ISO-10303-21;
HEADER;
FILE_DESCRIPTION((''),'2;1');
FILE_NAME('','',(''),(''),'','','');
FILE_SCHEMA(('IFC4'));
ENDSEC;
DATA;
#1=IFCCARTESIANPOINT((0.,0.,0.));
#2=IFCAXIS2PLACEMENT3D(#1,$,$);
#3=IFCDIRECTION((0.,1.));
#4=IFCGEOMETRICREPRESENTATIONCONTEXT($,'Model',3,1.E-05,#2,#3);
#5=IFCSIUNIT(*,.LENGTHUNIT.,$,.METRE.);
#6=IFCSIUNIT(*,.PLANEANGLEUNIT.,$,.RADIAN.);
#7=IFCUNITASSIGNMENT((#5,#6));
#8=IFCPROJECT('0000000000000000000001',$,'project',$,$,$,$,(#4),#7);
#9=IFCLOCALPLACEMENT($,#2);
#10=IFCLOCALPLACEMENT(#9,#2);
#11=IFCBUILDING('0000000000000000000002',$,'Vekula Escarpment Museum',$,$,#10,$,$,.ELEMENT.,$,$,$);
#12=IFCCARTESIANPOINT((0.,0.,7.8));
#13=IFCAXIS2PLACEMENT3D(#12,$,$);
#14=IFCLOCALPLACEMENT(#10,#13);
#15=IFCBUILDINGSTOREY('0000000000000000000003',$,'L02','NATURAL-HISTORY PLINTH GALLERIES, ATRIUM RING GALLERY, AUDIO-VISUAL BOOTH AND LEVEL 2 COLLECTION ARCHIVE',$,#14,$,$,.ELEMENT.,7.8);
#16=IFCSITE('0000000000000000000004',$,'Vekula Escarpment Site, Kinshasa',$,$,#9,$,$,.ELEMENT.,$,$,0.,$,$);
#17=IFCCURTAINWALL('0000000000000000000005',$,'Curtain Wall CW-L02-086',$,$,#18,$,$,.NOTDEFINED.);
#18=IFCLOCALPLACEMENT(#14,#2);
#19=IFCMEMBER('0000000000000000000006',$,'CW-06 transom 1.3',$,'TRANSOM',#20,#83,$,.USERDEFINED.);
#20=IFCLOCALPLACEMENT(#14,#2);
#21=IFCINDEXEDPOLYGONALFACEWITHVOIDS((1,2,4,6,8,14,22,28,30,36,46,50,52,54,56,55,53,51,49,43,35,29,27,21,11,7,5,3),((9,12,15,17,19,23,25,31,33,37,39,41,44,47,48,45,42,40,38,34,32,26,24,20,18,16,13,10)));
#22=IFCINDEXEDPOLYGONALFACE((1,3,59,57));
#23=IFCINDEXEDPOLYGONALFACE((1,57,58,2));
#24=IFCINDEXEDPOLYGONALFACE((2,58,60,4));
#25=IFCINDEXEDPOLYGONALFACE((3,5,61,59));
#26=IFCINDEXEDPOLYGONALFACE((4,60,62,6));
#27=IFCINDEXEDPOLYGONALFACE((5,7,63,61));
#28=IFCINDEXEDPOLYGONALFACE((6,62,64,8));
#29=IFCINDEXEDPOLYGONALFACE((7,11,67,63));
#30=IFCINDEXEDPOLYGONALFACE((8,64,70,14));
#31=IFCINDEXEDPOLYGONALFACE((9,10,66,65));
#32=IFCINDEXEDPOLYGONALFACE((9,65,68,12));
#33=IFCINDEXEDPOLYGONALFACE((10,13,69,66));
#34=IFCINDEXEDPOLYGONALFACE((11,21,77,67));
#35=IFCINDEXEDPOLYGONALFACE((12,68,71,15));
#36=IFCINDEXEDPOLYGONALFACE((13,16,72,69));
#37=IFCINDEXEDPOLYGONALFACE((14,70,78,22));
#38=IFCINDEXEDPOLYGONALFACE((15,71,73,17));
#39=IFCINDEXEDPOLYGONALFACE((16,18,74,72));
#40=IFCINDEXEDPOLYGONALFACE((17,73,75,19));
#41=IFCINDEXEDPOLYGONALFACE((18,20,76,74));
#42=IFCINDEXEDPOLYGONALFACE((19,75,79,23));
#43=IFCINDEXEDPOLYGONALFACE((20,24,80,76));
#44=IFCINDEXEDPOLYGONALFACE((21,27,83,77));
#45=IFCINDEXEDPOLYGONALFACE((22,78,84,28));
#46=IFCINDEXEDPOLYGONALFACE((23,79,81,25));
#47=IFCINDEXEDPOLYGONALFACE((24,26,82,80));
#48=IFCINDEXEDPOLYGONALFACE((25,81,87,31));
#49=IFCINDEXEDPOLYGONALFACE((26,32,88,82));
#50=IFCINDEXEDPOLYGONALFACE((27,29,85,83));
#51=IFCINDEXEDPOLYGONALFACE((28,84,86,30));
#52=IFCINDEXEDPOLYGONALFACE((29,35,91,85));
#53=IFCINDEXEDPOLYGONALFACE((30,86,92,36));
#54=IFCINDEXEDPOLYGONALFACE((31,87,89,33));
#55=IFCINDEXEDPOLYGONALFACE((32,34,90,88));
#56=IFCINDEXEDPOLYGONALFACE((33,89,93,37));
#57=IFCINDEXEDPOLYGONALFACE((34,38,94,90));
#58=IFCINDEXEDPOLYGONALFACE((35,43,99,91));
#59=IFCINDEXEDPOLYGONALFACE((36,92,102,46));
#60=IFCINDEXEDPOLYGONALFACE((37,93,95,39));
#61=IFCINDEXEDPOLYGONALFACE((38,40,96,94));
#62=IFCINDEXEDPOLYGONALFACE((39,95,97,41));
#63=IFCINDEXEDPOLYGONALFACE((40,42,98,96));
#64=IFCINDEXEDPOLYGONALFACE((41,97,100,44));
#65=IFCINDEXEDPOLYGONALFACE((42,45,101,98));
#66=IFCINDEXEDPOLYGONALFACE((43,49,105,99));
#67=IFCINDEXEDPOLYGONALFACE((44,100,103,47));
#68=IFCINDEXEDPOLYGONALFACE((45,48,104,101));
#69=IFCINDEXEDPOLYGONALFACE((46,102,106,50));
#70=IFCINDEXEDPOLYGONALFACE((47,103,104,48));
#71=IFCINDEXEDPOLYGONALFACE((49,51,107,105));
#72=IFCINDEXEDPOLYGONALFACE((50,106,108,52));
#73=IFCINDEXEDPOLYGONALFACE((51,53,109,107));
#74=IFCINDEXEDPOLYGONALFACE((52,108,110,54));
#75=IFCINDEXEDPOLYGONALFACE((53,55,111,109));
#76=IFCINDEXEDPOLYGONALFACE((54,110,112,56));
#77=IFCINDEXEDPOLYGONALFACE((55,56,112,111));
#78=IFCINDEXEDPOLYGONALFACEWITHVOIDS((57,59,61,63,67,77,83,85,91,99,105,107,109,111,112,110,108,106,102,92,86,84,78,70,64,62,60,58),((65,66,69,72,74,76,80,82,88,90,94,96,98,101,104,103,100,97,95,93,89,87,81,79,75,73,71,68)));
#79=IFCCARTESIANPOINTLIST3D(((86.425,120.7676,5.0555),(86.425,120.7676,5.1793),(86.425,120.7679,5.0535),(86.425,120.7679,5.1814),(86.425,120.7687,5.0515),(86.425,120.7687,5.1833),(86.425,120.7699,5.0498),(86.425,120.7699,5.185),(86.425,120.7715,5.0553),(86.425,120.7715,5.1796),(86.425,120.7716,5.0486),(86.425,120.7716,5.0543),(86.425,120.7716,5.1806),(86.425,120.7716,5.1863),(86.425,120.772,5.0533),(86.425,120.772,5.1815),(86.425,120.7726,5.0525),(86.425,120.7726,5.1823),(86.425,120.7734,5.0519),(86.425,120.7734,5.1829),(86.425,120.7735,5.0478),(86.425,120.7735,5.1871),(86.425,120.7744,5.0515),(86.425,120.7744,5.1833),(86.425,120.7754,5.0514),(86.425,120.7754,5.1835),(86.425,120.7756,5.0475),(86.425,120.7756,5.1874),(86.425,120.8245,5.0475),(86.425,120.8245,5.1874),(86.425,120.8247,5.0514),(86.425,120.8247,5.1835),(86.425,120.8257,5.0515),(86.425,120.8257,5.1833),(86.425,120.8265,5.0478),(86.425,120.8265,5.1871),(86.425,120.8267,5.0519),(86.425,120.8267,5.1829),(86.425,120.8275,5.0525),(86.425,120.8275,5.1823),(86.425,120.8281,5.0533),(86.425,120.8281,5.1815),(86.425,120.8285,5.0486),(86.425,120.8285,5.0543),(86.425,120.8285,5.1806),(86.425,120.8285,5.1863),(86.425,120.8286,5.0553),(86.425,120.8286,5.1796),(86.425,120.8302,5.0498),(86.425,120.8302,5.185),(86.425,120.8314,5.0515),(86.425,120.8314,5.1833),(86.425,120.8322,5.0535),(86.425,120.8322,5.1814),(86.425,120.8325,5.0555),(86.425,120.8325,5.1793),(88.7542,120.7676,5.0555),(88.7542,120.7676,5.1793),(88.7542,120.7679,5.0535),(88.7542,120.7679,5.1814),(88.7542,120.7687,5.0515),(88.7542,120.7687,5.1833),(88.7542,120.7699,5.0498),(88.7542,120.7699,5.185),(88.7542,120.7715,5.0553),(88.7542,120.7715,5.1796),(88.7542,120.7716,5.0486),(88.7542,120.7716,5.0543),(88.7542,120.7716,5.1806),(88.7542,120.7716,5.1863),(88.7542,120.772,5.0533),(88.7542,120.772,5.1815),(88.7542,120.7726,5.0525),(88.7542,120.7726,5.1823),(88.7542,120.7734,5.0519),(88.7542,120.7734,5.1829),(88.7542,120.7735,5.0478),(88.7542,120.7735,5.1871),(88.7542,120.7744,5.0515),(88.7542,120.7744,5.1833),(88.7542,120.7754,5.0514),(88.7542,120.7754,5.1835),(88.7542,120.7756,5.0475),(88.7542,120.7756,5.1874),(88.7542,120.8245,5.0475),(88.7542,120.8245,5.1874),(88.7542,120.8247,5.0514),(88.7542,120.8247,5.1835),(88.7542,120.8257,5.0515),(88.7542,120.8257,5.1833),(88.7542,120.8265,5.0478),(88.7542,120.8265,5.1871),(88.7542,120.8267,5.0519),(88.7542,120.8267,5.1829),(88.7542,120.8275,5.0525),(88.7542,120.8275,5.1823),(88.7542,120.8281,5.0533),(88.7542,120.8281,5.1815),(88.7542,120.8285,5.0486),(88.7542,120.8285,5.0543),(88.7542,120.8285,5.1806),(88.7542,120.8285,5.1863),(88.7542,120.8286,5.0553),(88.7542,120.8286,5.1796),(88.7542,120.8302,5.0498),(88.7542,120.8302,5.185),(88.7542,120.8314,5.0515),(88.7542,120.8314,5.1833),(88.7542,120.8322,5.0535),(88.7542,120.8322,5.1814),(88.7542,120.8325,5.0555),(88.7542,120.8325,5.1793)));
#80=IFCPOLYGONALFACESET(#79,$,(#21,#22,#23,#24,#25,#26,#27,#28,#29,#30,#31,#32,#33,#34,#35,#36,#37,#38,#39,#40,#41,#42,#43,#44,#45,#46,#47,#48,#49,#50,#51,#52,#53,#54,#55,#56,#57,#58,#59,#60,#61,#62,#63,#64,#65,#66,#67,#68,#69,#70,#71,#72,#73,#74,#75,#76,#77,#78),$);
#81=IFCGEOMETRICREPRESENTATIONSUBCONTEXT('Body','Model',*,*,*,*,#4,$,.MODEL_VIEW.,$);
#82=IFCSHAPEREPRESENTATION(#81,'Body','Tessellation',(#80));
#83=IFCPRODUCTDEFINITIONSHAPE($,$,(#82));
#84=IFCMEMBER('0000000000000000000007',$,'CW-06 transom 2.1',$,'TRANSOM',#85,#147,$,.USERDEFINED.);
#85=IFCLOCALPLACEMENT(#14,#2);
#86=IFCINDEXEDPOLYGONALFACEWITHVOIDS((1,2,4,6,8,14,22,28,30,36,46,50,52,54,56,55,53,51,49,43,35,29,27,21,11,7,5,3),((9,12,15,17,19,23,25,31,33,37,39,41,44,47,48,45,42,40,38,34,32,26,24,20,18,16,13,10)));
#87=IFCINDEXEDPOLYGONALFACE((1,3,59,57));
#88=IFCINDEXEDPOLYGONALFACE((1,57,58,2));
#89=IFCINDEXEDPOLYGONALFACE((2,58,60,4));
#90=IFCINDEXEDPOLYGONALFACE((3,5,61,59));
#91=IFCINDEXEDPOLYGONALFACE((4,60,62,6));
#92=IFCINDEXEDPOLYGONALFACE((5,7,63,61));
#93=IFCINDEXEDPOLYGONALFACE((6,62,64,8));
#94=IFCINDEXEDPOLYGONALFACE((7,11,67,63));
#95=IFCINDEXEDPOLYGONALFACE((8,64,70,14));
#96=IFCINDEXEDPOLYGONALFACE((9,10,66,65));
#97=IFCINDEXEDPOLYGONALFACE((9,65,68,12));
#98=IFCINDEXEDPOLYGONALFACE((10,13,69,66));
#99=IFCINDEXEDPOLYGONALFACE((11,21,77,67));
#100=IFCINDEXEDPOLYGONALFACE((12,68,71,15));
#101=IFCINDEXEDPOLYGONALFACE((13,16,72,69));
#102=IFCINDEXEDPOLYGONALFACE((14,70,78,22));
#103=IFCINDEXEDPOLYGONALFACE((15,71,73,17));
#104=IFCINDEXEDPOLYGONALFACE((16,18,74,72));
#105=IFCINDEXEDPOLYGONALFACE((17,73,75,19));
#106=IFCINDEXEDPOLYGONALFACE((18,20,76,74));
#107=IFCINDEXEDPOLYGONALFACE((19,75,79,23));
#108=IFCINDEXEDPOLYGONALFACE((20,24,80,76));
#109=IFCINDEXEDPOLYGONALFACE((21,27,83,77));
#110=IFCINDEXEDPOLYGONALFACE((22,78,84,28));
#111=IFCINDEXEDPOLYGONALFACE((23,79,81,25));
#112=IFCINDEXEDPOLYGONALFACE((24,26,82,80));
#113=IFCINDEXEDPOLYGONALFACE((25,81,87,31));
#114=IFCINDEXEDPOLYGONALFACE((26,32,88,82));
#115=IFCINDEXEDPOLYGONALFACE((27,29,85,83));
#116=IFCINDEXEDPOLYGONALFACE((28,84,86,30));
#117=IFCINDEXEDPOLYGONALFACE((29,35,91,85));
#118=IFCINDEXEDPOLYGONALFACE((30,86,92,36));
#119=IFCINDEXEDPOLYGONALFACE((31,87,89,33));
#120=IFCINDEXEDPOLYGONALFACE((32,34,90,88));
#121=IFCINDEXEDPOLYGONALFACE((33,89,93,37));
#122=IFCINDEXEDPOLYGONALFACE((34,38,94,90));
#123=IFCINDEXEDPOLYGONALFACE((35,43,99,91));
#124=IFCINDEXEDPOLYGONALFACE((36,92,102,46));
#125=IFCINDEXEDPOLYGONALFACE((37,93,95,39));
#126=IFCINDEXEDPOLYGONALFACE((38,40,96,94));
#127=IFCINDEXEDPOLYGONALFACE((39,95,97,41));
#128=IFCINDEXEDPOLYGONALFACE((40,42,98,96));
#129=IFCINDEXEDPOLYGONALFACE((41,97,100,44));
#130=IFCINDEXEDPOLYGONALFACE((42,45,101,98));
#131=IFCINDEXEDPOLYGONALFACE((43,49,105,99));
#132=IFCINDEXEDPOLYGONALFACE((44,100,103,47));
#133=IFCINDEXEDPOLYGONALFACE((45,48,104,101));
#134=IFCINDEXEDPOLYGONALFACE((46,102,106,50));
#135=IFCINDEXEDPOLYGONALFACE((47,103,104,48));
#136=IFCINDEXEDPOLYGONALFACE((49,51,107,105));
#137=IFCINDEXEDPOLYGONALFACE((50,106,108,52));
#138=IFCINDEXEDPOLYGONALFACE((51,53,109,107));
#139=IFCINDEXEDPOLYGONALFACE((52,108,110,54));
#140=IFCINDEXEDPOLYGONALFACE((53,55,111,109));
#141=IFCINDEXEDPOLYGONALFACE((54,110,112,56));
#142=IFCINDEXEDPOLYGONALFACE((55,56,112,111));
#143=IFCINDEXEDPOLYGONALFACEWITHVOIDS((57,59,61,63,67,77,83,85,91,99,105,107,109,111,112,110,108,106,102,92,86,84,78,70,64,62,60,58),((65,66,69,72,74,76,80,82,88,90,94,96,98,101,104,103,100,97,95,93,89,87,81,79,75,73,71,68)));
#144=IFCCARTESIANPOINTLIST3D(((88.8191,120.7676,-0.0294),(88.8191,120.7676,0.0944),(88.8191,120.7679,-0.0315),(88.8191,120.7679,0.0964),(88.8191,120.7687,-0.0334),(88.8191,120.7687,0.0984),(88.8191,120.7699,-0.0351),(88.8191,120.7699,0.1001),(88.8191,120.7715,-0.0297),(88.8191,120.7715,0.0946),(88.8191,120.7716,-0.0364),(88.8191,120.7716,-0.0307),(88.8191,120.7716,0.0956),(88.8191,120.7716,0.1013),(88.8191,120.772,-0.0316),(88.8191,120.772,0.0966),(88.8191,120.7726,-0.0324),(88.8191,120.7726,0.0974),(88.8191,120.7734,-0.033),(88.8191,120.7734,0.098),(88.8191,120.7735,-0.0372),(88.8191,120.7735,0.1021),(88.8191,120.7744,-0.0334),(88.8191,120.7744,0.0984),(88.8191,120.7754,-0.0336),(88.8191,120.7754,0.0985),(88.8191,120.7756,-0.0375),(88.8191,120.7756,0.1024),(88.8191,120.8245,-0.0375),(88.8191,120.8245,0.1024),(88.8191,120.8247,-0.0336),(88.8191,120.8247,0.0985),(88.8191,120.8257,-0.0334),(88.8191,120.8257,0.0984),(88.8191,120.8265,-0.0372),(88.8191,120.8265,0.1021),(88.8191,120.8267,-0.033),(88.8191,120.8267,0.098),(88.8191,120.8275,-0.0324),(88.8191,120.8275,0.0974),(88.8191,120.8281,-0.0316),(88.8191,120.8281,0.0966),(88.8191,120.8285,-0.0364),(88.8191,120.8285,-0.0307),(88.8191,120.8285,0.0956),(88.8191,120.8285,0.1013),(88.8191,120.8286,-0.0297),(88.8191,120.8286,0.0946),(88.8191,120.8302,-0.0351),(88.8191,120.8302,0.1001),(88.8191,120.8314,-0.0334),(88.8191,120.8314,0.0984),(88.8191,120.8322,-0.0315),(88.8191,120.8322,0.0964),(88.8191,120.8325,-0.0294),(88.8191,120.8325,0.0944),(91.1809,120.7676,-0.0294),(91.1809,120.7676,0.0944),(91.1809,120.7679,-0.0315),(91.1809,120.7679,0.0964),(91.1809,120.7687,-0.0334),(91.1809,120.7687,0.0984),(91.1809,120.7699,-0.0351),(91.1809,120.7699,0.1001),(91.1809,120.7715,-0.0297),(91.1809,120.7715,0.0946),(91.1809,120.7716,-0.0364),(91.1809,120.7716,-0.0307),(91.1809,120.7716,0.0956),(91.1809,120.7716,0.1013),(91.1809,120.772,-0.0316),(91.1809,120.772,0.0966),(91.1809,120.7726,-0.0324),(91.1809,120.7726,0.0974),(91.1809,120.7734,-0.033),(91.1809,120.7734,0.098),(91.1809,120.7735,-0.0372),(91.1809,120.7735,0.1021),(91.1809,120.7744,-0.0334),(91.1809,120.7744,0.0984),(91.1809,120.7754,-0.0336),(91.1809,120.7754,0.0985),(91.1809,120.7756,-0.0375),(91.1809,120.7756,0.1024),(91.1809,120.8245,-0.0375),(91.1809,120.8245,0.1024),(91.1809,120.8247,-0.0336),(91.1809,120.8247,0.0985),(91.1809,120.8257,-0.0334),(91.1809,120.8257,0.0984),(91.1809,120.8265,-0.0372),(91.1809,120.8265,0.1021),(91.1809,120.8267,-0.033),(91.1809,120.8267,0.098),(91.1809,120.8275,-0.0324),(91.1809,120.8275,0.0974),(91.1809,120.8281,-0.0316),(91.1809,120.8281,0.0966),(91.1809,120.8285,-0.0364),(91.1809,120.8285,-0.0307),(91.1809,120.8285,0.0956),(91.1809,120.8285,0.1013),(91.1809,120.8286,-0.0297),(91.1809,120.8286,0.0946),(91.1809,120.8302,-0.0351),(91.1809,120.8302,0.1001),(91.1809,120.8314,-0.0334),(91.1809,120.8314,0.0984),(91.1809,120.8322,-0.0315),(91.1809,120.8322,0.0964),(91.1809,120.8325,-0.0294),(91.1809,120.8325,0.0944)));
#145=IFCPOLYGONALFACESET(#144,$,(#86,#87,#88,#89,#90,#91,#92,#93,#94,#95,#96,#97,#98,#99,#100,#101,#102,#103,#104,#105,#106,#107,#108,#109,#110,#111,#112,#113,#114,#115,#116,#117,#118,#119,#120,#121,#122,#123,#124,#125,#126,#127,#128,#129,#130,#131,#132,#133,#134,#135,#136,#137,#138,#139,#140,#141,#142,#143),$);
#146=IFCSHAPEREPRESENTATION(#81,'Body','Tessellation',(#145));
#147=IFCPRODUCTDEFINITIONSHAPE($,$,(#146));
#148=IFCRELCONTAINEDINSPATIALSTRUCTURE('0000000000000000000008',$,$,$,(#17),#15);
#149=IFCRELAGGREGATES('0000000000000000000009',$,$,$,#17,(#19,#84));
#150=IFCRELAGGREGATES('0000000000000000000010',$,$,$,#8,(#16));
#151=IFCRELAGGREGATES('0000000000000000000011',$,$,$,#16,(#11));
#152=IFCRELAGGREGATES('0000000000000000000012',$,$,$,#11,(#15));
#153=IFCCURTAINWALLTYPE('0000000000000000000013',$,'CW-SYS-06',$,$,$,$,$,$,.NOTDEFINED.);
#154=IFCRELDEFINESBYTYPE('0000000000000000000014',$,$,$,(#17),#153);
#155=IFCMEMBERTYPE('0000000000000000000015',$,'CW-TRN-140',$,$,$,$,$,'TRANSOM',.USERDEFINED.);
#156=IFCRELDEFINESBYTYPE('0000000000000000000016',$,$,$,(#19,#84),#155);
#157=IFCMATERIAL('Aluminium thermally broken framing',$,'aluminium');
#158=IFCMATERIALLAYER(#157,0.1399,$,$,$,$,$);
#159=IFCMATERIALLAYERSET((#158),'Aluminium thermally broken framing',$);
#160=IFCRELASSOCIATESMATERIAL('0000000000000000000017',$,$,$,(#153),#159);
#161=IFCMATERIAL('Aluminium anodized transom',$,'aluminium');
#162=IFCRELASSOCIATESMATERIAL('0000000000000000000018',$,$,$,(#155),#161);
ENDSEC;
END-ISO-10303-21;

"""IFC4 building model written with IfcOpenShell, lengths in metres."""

from ifc_helpers import new_model, si_unit, direction, frame, origin, origin_2d, place, context, subcontext, project, spatial, hollow_rectangle, extrude, material, layer, layer_set, material_profile, profile_set, type_object, element, aggregate, save


model = new_model("IFC4")

# Units and contexts
model_context = context("Model", 3, precision=1e-05, world=origin(), true_north=direction((0.0, 1.0)))
body_context = subcontext(model_context, "Body", "Model", "MODEL_VIEW")
ifc_project = project(units=[si_unit("LENGTHUNIT", "METRE"), si_unit("PLANEANGLEUNIT", "RADIAN")], contexts=[model_context])

# Site, building, storey
site_placement = place(None, origin())
site = spatial("IfcSite", under=ifc_project, at=site_placement, Name="Vekula Escarpment Site, Kinshasa", CompositionType="ELEMENT", RefElevation=0.0)
building_placement = place(site_placement, origin())
building = spatial("IfcBuilding", under=site, at=building_placement, Name="Vekula Escarpment Museum", CompositionType="ELEMENT")
storey_placement = place(building_placement, frame((0.0, 0.0, 7.8)))
storey = spatial("IfcBuildingStorey", under=building, at=storey_placement, Name="L02", Description="NATURAL-HISTORY PLINTH GALLERIES, ATRIUM RING GALLERY, AUDIO-VISUAL BOOTH AND LEVEL 2 COLLECTION ARCHIVE", CompositionType="ELEMENT", Elevation=7.8)

# Curtain wall, members
ifc_material_1 = material(Name="Aluminium thermally broken framing", Category="aluminium")
ifc_layer_1 = layer(ifc_material_1, 0.1399)
ifc_layer_set_1 = layer_set([ifc_layer_1], Name="Aluminium thermally broken framing")
curtain_wall_type = type_object("IfcCurtainWallType", Name="CW-SYS-06", PredefinedType="NOTDEFINED", material=ifc_layer_set_1)
curtain_wall_placement = place(storey_placement, origin())
curtain_wall = element("IfcCurtainWall", 1, at=curtain_wall_placement, inside=storey, type_object=curtain_wall_type, Name="Curtain Wall CW-L02-086", PredefinedType="NOTDEFINED")
ifc_material_2 = material(Name="Aluminium anodized transom", Category="aluminium")
ifc_material_profile_1 = material_profile(ifc_material_2, hollow_rectangle(XDim=0.0649, YDim=0.1399, WallThickness=0.0039, InnerFilletRadius=0.0039, OuterFilletRadius=0.0081, at=origin_2d()), Name="ALU 140x65x4")
ifc_profile_set_1 = profile_set([ifc_material_profile_1], Name="Aluminium anodized transom")
member_type_1 = type_object("IfcMemberType", Name="CW-TRN-140", ElementType="TRANSOM", PredefinedType="USERDEFINED", material=ifc_profile_set_1)
member_1_placement = place(storey_placement, frame((86.425, 120.8, 5.1174), z_axis=(1.0, 0.0, 0.0), x_axis=(0.0, 1.0, 0.0)))
member_1 = element("IfcMember", 2, at=member_1_placement, type_object=member_type_1, Name="CW-06 transom 1.3", ObjectType="TRANSOM", PredefinedType="USERDEFINED", context=body_context, shape_type="SweptSolid", body=[
    extrude(hollow_rectangle(XDim=0.0649, YDim=0.1399, WallThickness=0.0039, InnerFilletRadius=0.0039, OuterFilletRadius=0.0081, at=origin_2d()), origin(), (0.0, 0.0, 1.0), 2.3291),
])
member_2_placement = place(storey_placement, frame((88.8191, 120.8, 0.0325), z_axis=(1.0, 0.0, 0.0), x_axis=(0.0, 1.0, 0.0)))
member_2 = element("IfcMember", 3, at=member_2_placement, type_object=member_type_1, Name="CW-06 transom 2.1", ObjectType="TRANSOM", PredefinedType="USERDEFINED", context=body_context, shape_type="SweptSolid", body=[
    extrude(hollow_rectangle(XDim=0.0649, YDim=0.1399, WallThickness=0.0039, InnerFilletRadius=0.0039, OuterFilletRadius=0.0081, at=origin_2d()), origin(), (0.0, 0.0, 1.0), 2.3618),
])
aggregate(curtain_wall, [member_1, member_2])

save(model, "model.ifc")
